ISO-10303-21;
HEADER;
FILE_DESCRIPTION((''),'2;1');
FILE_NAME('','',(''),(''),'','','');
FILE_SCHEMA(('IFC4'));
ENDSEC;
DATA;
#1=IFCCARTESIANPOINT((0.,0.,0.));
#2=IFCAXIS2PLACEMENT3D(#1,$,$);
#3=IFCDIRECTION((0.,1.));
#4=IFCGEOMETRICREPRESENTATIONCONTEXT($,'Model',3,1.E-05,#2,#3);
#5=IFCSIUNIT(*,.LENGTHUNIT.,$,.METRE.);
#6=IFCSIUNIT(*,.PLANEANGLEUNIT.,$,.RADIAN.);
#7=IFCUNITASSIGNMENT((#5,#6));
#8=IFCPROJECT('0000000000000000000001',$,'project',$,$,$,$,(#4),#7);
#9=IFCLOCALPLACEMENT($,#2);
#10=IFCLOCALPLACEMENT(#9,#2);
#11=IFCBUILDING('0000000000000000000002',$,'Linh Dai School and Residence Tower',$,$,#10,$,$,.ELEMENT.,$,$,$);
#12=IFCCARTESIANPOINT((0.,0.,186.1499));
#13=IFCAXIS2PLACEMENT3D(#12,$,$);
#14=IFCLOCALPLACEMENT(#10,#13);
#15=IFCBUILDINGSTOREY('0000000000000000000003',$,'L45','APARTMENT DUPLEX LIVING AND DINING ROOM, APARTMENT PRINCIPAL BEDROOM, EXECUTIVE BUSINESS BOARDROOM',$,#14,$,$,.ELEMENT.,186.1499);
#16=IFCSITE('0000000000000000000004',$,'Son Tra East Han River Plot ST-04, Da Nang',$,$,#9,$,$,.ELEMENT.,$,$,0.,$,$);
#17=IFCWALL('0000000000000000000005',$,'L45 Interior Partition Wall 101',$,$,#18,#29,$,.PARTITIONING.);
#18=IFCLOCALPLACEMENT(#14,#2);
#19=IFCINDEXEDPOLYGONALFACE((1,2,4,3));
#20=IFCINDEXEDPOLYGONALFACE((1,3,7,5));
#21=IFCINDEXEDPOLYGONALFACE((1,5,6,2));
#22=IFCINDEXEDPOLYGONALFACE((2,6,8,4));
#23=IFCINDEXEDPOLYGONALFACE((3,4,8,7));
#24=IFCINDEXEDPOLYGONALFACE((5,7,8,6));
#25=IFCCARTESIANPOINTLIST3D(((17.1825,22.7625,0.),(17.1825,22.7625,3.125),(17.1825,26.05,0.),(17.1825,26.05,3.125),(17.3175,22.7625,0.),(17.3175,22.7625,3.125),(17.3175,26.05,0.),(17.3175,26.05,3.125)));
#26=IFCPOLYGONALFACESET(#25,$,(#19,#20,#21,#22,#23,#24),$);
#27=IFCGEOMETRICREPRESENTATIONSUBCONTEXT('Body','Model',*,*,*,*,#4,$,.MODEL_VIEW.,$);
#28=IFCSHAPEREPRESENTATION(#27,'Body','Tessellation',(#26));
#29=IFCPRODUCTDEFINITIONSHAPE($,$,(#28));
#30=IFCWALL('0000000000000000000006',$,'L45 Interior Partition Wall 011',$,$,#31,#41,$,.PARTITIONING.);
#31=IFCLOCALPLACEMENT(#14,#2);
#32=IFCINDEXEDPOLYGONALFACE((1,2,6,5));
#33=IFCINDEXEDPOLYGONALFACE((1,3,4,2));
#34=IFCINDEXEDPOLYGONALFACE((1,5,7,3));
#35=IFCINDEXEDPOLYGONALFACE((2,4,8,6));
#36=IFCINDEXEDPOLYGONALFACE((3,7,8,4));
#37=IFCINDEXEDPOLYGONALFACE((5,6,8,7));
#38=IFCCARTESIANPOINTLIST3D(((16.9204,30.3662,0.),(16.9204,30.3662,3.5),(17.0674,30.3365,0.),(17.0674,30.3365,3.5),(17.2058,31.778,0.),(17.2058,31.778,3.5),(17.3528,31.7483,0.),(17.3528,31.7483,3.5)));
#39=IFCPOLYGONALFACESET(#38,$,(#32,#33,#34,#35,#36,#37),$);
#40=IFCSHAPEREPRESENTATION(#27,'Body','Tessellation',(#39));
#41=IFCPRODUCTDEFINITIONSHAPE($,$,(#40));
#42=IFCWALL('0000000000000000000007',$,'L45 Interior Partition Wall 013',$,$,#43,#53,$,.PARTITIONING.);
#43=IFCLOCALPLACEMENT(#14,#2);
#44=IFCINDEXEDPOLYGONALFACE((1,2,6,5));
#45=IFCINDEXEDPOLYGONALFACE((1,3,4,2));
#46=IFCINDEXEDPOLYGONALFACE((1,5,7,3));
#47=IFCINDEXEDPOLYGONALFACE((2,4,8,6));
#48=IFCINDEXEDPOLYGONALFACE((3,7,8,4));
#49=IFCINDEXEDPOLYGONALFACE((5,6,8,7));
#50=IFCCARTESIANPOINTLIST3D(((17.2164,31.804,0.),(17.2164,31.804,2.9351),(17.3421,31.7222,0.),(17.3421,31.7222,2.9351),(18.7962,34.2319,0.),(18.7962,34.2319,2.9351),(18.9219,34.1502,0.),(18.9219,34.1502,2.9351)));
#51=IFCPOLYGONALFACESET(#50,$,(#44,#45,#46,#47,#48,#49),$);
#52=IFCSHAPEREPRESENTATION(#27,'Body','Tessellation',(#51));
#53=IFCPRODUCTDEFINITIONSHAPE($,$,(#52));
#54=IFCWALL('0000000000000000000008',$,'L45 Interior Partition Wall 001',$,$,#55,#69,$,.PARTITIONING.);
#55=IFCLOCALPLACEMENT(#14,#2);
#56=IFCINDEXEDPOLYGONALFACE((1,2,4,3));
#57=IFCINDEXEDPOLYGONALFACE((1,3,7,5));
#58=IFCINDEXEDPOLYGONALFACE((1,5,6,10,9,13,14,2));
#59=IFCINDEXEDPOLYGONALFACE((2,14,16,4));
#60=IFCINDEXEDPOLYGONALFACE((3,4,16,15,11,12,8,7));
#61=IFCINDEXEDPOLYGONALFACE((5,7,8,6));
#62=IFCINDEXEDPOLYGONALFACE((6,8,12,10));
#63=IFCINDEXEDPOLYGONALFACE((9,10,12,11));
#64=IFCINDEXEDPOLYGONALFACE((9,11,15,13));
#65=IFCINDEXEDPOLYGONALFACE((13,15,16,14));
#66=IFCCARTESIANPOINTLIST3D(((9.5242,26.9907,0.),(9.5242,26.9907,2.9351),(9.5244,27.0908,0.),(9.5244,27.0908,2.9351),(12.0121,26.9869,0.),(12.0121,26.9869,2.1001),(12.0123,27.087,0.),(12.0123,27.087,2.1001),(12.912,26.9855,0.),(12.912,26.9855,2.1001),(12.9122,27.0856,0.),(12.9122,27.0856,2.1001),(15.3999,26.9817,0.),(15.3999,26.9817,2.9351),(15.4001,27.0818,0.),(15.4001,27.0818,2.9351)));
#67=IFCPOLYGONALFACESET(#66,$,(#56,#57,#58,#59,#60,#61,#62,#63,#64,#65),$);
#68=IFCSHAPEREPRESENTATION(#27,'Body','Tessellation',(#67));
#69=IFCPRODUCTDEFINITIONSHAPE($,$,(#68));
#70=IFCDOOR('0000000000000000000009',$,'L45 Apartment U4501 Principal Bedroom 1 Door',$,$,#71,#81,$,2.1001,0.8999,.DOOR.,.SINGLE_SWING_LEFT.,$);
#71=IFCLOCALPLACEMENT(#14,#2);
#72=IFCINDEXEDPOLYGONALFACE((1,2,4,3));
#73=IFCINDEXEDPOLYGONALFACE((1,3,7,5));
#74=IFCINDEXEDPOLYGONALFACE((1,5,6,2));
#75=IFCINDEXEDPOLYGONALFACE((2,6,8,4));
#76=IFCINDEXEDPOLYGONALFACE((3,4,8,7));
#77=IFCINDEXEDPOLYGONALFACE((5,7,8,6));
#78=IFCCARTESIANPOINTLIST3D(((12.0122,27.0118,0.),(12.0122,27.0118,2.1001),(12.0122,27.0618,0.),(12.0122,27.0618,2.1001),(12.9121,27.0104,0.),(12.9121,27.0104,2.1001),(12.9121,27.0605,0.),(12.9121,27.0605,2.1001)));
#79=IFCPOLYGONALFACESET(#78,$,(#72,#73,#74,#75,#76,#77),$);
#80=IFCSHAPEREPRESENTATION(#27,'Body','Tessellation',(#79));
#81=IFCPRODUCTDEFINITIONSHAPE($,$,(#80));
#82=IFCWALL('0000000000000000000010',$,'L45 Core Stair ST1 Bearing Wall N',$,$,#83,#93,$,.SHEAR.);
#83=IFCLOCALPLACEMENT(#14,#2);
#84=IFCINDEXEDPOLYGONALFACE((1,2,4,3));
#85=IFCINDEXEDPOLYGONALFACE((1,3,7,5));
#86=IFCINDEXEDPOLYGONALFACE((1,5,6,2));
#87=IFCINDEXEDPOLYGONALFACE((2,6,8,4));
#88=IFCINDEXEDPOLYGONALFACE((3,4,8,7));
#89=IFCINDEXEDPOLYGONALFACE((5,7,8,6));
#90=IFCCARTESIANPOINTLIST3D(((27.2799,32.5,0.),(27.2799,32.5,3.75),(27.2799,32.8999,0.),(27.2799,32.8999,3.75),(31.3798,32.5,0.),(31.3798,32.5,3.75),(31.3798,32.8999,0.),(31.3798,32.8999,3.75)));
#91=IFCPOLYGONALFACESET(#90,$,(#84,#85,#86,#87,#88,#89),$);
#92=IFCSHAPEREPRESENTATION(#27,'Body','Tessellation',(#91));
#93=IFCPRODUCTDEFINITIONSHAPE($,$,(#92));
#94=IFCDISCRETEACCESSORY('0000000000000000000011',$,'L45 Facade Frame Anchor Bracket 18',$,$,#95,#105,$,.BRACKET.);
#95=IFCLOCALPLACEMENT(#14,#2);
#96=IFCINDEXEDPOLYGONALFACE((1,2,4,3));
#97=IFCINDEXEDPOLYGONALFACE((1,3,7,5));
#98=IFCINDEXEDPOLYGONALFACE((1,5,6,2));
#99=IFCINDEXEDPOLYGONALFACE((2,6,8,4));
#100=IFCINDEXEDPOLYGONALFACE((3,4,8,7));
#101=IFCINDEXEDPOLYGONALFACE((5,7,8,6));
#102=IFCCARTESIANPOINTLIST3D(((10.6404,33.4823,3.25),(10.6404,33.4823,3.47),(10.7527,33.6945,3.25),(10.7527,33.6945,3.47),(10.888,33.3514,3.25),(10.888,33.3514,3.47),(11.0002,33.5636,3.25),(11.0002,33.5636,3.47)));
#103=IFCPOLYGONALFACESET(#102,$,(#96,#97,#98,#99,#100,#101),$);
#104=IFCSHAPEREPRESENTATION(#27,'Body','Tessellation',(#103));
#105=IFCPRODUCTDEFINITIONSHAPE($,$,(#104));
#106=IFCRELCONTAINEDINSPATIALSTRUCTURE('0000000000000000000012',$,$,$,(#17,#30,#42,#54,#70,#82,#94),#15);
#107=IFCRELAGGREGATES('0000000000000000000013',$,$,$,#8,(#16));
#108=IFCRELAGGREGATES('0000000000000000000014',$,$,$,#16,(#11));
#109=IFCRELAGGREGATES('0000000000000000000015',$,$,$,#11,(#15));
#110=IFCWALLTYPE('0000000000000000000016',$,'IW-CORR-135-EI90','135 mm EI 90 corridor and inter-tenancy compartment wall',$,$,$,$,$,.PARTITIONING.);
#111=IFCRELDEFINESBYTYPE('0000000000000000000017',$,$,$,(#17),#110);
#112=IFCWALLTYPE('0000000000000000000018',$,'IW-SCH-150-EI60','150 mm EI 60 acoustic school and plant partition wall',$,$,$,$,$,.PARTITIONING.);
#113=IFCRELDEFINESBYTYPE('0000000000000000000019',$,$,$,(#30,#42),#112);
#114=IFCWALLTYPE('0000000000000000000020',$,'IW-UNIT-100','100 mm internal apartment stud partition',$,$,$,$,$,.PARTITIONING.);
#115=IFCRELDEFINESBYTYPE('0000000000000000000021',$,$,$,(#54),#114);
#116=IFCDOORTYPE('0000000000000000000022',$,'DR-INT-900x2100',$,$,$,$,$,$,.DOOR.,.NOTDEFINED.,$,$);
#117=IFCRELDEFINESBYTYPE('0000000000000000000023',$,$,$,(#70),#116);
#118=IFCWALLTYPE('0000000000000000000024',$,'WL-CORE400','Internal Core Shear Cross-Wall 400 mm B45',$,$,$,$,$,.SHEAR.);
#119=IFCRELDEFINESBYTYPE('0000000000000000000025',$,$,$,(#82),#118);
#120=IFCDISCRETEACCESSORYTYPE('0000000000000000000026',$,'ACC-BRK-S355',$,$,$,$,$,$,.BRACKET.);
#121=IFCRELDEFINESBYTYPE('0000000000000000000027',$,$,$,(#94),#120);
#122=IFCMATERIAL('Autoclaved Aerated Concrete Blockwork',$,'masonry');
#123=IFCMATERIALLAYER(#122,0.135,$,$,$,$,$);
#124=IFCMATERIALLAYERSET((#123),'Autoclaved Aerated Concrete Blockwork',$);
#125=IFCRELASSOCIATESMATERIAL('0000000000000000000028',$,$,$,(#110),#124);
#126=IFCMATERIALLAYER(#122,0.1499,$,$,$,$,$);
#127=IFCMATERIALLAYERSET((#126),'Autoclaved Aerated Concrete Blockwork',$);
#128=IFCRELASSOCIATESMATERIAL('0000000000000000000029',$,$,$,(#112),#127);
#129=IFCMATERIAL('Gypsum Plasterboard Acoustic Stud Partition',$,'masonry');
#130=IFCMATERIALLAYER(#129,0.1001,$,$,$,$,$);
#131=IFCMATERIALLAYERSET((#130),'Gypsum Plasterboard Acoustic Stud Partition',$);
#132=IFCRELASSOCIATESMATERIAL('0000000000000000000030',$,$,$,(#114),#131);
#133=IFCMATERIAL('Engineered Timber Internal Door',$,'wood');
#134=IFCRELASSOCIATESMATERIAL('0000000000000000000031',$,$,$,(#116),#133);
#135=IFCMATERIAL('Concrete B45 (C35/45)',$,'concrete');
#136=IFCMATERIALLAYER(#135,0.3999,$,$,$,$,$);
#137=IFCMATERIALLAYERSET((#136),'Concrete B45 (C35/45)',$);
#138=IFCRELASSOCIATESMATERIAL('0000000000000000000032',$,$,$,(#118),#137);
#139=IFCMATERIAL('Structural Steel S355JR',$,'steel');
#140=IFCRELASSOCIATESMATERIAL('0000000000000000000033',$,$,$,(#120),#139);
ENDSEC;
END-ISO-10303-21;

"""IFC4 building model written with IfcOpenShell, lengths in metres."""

from ifc_helpers import new_model, si_unit, direction, frame, frame_2d, origin, origin_2d, place, context, subcontext, project, spatial, rectangle, extrude, source, transform, mapped, material, layer, layer_set, type_object, element, fill, save


model = new_model("IFC4")

# Units and contexts
model_context = context("Model", 3, precision=1e-05, world=origin(), true_north=direction((0.0, 1.0)))
body_context = subcontext(model_context, "Body", "Model", "MODEL_VIEW")
ifc_project = project(units=[si_unit("LENGTHUNIT", "METRE"), si_unit("PLANEANGLEUNIT", "RADIAN")], contexts=[model_context])

# Site, building, storey
site_placement = place(None, origin())
site = spatial("IfcSite", under=ifc_project, at=site_placement, Name="Son Tra East Han River Plot ST-04, Da Nang", CompositionType="ELEMENT", RefElevation=0.0)
building_placement = place(site_placement, origin())
building = spatial("IfcBuilding", under=site, at=building_placement, Name="Linh Dai School and Residence Tower", CompositionType="ELEMENT")
storey_placement = place(building_placement, frame((0.0, 0.0, 186.1499)))
storey = spatial("IfcBuildingStorey", under=building, at=storey_placement, Name="L45", Description="APARTMENT DUPLEX LIVING AND DINING ROOM, APARTMENT PRINCIPAL BEDROOM, EXECUTIVE BUSINESS BOARDROOM", CompositionType="ELEMENT", Elevation=186.1499)

# Shared definitions
ifc_material_1 = material(Name="Structural Steel S355JR", Category="steel")

# Shared definitions
ifc_material_2 = material(Name="Autoclaved Aerated Concrete Blockwork", Category="masonry")
ifc_layer_1 = layer(ifc_material_2, 0.135)
ifc_layer_set_1 = layer_set([ifc_layer_1], Name="Autoclaved Aerated Concrete Blockwork")
wall_type_1 = type_object("IfcWallType", Name="IW-CORR-135-EI90", Description="135 mm EI 90 corridor and inter-tenancy compartment wall", PredefinedType="PARTITIONING", material=ifc_layer_set_1)

# Walls
wall_1_placement = place(storey_placement, frame((17.25, 26.05, 0.0), z_axis=(0.0, 0.0, 1.0), x_axis=(0.0, -1.0, 0.0)))
element("IfcWall", 1, at=wall_1_placement, inside=storey, type_object=wall_type_1, Name="L45 Interior Partition Wall 101", PredefinedType="PARTITIONING", context=body_context, shape_type="SweptSolid", body=[
    extrude(rectangle(XDim=3.2876, YDim=0.135, at=frame_2d((1.6438, 0.0))), origin(), (0.0, 0.0, 1.0), 3.125),
])
ifc_layer_2 = layer(ifc_material_2, 0.1499)
ifc_layer_set_2 = layer_set([ifc_layer_2], Name="Autoclaved Aerated Concrete Blockwork")
wall_type_2 = type_object("IfcWallType", Name="IW-SCH-150-EI60", Description="150 mm EI 60 acoustic school and plant partition wall", PredefinedType="PARTITIONING", material=ifc_layer_set_2)
wall_2_placement = place(storey_placement, frame((16.9939, 30.3513, 0.0), z_axis=(0.0, 0.0, 1.0), x_axis=(0.198137, 0.980174, 0.0)))
element("IfcWall", 2, at=wall_2_placement, inside=storey, type_object=wall_type_2, Name="L45 Interior Partition Wall 011", PredefinedType="PARTITIONING", context=body_context, shape_type="SweptSolid", body=[
    extrude(rectangle(XDim=1.4404, YDim=0.1499, at=frame_2d((0.7202, 0.0))), origin(), (0.0, 0.0, 1.0), 3.5),
])
wall_3_placement = place(storey_placement, frame((17.2793, 31.7632, 0.0), z_axis=(0.0, 0.0, 1.0), x_axis=(0.545388, 0.838184, 0.0)))
element("IfcWall", 3, at=wall_3_placement, inside=storey, type_object=wall_type_2, Name="L45 Interior Partition Wall 013", PredefinedType="PARTITIONING", context=body_context, shape_type="SweptSolid", body=[
    extrude(rectangle(XDim=2.8967, YDim=0.1499, at=frame_2d((1.4482, 0.0))), origin(), (0.0, 0.0, 1.0), 2.9351),
])

# Wall, opening, door
ifc_material_3 = material(Name="Gypsum Plasterboard Acoustic Stud Partition", Category="masonry")
ifc_layer_3 = layer(ifc_material_3, 0.1001)
ifc_layer_set_3 = layer_set([ifc_layer_3], Name="Gypsum Plasterboard Acoustic Stud Partition")
wall_type_3 = type_object("IfcWallType", Name="IW-UNIT-100", Description="100 mm internal apartment stud partition", PredefinedType="PARTITIONING", material=ifc_layer_set_3)
wall_4_placement = place(storey_placement, frame((9.5242, 27.0408, 0.0), z_axis=(0.0, 0.0, 1.0), x_axis=(0.999999, -0.001537, 0.0)))
wall_4 = element("IfcWall", 4, at=wall_4_placement, inside=storey, type_object=wall_type_3, Name="L45 Interior Partition Wall 001", PredefinedType="PARTITIONING", context=body_context, shape_type="SweptSolid", body=[
    extrude(rectangle(XDim=5.8757, YDim=0.1001, at=frame_2d((2.938, 0.0))), origin(), (0.0, 0.0, 1.0), 2.9351),
])
opening_1_placement = place(wall_4_placement, frame((2.488, 0.0, 0.0)))
opening_1 = element("IfcOpeningElement", 5, at=opening_1_placement, cuts=wall_4, PredefinedType="OPENING", context=body_context, shape_type="SweptSolid", body=[
    extrude(rectangle(XDim=0.8999, YDim=2.1001, at=origin_2d()), frame((0.45, 0.0601, 1.05), z_axis=(0.0, -1.0, 0.0), x_axis=(1.0, 0.0, 0.0)), (0.0, 0.0, 1.0), 0.1201),
])
ifc_material_4 = material(Name="Engineered Timber Internal Door", Category="wood")
door_type_1 = type_object("IfcDoorType", Name="DR-INT-900x2100", OperationType="NOTDEFINED", PredefinedType="DOOR", material=ifc_material_4)
shared_shape_1 = source(origin(), body_context, "Body", "SweptSolid", [
    extrude(rectangle(XDim=0.8999, YDim=2.1001, at=origin_2d()), frame((0.45, 0.0249, 1.05), z_axis=(0.0, -1.0, 0.0), x_axis=(1.0, 0.0, 0.0)), (0.0, 0.0, 1.0), 0.05),
])
door_1_placement = place(opening_1_placement, origin())
door_1 = element("IfcDoor", 6, at=door_1_placement, inside=storey, type_object=door_type_1, Name="L45 Apartment U4501 Principal Bedroom 1 Door", OperationType="SINGLE_SWING_LEFT", OverallHeight=2.1001, OverallWidth=0.8999, PredefinedType="DOOR", context=body_context, shape_type="MappedRepresentation", body=[
    mapped(shared_shape_1, transform((0.0, 0.0, 0.0), x_axis=(1.0, 0.0, 0.0), y_axis=(0.0, 1.0, 0.0), z_axis=(0.0, 0.0, 1.0), scale=1.0)),
])
fill(opening_1, door_1)

# Wall
ifc_material_5 = material(Name="Concrete B45 (C35/45)", Category="concrete")
ifc_layer_4 = layer(ifc_material_5, 0.3999)
ifc_layer_set_4 = layer_set([ifc_layer_4], Name="Concrete B45 (C35/45)")
wall_type_4 = type_object("IfcWallType", Name="WL-CORE400", Description="Internal Core Shear Cross-Wall 400 mm B45", PredefinedType="SHEAR", material=ifc_layer_set_4)
wall_5_placement = place(storey_placement, frame((27.28, 32.7, 0.0), z_axis=(0.0, 0.0, 1.0), x_axis=(1.0, 0.0, 0.0)))
element("IfcWall", 7, at=wall_5_placement, inside=storey, type_object=wall_type_4, Name="L45 Core Stair ST1 Bearing Wall N", PredefinedType="SHEAR", context=body_context, shape_type="SweptSolid", body=[
    extrude(rectangle(XDim=4.0999, YDim=0.3999, at=frame_2d((2.0498, 0.0))), origin(), (0.0, 0.0, 1.0), 3.75),
])

# Discrete accessory
discrete_accessory_type = type_object("IfcDiscreteAccessoryType", Name="ACC-BRK-S355", PredefinedType="BRACKET", material=ifc_material_1)
shared_shape_2 = source(origin(), body_context, "Body", "SweptSolid", [
    extrude(rectangle(XDim=0.28, YDim=0.24, at=origin_2d()), origin(), (0.0, 0.0, 1.0), 0.22),
])
discrete_accessory_placement = place(storey_placement, frame((10.8203, 33.5229, 3.25), z_axis=(0.0, 0.0, 1.0), x_axis=(-0.883951, 0.46758, 0.0)))
element("IfcDiscreteAccessory", 8, at=discrete_accessory_placement, inside=storey, type_object=discrete_accessory_type, Name="L45 Facade Frame Anchor Bracket 18", PredefinedType="BRACKET", context=body_context, shape_type="MappedRepresentation", body=[
    mapped(shared_shape_2, transform((0.0, 0.0, 0.0), x_axis=(1.0, 0.0, 0.0), y_axis=(0.0, 1.0, 0.0), z_axis=(0.0, 0.0, 1.0), scale=1.0)),
])

save(model, "model.ifc")
